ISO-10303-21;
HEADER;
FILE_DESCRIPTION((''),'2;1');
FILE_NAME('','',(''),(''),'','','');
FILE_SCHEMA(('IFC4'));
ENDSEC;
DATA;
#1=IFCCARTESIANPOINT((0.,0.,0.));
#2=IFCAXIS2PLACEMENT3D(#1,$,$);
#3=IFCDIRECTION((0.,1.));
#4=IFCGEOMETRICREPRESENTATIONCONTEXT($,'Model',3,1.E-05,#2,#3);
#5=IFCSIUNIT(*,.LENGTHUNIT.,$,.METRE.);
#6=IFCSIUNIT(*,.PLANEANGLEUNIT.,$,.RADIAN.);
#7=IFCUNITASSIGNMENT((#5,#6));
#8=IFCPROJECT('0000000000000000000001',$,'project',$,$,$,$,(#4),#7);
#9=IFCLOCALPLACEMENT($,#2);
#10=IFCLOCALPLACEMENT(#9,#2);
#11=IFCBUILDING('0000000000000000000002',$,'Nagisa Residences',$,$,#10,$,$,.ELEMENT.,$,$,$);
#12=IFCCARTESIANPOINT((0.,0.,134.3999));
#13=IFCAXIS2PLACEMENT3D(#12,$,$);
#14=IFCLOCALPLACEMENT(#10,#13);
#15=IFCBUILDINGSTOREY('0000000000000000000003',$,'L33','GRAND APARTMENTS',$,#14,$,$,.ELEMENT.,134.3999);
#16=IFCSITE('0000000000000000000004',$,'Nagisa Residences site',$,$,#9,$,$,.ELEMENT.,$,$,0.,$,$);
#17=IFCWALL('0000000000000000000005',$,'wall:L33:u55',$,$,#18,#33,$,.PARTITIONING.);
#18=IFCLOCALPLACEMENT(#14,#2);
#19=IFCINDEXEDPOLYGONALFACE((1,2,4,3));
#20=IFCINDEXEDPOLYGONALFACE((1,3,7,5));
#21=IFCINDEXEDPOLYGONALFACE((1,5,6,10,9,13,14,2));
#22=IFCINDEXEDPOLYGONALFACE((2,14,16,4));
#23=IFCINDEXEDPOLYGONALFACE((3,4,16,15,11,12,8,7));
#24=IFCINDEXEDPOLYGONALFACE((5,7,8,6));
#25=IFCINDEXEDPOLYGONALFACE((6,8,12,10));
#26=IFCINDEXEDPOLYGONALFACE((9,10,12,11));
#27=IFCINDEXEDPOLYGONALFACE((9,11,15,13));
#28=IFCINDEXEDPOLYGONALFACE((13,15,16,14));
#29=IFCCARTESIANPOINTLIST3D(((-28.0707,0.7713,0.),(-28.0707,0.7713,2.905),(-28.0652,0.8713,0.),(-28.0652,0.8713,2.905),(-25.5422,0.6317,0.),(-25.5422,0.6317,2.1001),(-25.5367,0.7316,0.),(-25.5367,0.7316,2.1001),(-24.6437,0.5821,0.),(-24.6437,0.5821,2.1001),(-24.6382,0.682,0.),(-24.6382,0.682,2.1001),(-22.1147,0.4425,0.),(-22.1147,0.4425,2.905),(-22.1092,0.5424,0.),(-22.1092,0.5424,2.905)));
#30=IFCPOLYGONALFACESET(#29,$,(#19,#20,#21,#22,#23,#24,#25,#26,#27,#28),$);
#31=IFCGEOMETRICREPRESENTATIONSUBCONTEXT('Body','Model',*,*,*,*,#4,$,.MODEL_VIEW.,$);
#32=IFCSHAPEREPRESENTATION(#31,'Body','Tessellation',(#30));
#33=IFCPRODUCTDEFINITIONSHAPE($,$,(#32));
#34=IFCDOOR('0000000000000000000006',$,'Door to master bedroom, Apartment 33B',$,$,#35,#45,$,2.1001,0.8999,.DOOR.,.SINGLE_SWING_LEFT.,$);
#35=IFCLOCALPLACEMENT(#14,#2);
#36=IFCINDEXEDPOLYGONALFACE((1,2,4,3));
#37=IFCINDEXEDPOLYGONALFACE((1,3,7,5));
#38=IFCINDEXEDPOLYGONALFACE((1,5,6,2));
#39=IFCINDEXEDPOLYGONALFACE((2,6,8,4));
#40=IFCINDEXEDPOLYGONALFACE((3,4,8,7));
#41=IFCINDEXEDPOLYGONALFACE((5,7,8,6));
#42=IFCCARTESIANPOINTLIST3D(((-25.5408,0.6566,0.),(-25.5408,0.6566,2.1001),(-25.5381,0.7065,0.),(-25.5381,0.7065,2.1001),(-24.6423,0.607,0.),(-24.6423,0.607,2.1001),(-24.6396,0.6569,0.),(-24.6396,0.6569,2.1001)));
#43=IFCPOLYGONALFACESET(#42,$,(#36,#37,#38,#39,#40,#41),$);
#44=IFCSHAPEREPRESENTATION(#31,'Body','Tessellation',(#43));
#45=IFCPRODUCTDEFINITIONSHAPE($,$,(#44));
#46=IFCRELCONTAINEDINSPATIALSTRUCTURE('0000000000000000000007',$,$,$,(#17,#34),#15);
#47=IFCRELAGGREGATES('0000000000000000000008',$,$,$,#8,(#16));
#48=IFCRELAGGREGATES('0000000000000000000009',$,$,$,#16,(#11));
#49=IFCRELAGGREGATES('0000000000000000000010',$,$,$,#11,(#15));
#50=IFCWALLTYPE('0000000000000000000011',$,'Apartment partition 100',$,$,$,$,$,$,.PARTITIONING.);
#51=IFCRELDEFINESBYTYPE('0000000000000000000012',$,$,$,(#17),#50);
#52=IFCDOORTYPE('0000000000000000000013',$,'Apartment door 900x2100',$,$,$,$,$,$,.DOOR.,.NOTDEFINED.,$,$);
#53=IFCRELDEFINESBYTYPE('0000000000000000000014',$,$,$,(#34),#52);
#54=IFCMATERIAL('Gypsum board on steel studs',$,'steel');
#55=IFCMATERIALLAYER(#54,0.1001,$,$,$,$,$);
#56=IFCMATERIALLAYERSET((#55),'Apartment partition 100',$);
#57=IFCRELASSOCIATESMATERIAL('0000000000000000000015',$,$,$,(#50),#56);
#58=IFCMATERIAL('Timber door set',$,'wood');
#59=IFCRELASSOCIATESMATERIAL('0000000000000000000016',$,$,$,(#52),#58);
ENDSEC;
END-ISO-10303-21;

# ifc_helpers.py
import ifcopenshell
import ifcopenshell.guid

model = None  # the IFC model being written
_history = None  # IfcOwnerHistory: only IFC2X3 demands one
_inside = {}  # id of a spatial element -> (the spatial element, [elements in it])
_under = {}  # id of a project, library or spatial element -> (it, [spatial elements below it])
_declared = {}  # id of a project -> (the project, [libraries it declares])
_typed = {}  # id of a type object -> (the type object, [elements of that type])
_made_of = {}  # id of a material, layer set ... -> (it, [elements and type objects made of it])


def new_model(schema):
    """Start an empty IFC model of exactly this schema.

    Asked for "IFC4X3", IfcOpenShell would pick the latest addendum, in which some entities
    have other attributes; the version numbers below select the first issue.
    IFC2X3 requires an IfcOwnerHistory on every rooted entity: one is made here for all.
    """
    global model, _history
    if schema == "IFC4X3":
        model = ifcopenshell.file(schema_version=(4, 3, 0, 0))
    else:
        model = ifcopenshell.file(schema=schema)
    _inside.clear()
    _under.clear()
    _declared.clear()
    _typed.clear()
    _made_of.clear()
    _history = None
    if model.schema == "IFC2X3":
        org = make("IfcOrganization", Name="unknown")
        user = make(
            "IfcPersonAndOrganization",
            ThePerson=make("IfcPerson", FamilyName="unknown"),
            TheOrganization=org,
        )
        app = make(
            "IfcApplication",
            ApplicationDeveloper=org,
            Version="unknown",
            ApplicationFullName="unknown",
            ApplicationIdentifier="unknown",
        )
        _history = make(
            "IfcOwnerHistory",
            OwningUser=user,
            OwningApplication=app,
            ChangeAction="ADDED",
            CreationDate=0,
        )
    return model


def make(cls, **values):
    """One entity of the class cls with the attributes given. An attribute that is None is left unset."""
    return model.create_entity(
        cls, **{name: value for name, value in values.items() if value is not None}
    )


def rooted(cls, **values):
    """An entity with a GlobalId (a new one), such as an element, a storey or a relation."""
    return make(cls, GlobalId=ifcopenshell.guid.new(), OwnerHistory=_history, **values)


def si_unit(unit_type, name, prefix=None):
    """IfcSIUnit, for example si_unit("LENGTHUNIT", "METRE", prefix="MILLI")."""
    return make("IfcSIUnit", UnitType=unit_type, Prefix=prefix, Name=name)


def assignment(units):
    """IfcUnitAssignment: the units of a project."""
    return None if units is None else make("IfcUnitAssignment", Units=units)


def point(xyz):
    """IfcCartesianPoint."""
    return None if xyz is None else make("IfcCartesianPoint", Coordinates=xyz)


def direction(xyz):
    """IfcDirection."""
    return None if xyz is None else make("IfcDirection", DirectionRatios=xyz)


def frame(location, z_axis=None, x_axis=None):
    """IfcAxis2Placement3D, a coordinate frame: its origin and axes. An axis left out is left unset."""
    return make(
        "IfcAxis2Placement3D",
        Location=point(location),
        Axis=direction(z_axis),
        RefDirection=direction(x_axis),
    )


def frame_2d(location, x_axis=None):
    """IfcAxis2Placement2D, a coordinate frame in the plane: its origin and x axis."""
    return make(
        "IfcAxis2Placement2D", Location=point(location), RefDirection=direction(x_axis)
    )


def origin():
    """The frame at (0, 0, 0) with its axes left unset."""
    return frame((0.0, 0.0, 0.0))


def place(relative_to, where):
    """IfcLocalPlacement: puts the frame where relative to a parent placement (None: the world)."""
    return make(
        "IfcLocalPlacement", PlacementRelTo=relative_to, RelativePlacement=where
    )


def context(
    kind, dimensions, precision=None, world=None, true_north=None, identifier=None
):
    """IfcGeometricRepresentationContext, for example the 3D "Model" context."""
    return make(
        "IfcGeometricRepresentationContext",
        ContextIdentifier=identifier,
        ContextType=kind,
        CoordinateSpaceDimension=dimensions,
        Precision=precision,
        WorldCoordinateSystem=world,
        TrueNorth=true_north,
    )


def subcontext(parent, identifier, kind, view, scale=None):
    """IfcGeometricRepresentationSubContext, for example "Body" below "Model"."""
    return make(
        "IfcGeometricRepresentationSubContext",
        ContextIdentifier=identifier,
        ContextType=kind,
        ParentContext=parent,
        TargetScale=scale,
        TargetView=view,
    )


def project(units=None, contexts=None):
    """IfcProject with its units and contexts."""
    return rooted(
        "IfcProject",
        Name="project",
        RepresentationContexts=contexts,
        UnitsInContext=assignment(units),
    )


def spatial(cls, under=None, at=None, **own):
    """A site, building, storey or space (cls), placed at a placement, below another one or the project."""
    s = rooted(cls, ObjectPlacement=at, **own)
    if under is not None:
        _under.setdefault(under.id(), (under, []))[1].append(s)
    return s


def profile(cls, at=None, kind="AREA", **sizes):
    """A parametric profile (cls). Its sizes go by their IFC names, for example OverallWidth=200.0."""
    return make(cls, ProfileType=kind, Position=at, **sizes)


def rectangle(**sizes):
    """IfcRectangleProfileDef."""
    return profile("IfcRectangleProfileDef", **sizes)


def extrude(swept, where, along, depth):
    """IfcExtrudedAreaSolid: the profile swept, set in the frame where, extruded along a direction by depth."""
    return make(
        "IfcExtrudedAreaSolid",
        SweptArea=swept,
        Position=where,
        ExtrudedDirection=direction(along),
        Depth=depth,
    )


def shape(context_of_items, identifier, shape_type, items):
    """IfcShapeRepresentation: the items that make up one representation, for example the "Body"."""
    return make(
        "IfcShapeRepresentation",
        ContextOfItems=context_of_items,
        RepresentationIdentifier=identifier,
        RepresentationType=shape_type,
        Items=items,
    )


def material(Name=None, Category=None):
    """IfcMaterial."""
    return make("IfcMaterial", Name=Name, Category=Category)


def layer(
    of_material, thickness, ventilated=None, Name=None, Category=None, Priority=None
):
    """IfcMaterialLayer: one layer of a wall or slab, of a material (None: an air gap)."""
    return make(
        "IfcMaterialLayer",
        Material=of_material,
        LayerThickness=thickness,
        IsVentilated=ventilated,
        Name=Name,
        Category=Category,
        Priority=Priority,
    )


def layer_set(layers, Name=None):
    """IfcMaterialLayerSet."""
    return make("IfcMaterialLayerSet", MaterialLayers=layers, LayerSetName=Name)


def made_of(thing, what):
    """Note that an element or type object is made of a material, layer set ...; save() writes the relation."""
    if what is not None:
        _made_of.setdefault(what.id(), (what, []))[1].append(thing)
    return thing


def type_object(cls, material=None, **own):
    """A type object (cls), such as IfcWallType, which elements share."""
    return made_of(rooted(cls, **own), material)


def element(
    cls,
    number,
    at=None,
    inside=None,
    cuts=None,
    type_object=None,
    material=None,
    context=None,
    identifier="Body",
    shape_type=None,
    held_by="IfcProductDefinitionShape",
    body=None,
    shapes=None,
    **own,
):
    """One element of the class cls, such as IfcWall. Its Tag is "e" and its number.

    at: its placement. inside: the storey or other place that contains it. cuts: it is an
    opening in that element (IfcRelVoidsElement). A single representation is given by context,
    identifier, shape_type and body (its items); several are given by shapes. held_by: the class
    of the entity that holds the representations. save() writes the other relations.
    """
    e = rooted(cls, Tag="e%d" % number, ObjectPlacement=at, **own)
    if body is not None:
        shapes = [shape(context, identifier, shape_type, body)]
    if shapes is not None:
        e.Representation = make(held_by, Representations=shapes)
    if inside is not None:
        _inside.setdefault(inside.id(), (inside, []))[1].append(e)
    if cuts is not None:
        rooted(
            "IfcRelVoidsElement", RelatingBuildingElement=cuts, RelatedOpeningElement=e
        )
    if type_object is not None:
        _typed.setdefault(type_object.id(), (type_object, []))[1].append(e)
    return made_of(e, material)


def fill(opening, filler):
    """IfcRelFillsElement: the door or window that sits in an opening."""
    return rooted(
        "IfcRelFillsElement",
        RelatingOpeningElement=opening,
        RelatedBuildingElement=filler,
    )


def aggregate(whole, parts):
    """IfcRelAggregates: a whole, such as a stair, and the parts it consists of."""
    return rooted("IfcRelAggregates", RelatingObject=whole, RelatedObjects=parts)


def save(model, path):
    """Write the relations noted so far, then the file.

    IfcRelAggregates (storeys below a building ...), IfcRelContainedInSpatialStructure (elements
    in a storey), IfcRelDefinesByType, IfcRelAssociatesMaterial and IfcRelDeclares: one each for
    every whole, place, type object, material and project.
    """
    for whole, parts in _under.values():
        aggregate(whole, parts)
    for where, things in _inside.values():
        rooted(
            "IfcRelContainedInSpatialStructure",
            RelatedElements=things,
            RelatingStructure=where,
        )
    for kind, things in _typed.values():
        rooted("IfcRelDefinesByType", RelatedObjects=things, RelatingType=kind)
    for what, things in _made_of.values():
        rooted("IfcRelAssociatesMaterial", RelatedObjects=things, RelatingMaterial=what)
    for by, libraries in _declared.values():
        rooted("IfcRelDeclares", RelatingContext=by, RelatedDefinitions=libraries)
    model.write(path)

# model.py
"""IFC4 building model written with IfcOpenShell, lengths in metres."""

from ifc_helpers import new_model, si_unit, direction, frame, frame_2d, origin, place, context, subcontext, project, spatial, rectangle, extrude, material, layer, layer_set, type_object, element, fill, save


model = new_model("IFC4")

# Units and contexts
model_context = context("Model", 3, precision=1e-05, world=origin(), true_north=direction((0.0, 1.0)))
body_context = subcontext(model_context, "Body", "Model", "MODEL_VIEW")
ifc_project = project(units=[si_unit("LENGTHUNIT", "METRE"), si_unit("PLANEANGLEUNIT", "RADIAN")], contexts=[model_context])

# Site, building, storey
site_placement = place(None, origin())
site = spatial("IfcSite", under=ifc_project, at=site_placement, Name="Nagisa Residences site", CompositionType="ELEMENT", RefElevation=0.0)
building_placement = place(site_placement, origin())
building = spatial("IfcBuilding", under=site, at=building_placement, Name="Nagisa Residences", CompositionType="ELEMENT")
storey_placement = place(building_placement, frame((0.0, 0.0, 134.3999)))
storey = spatial("IfcBuildingStorey", under=building, at=storey_placement, Name="L33", Description="GRAND APARTMENTS", CompositionType="ELEMENT", Elevation=134.3999)

# Shared definitions
ifc_material_1 = material(Name="Gypsum board on steel studs", Category="steel")
ifc_layer_1 = layer(ifc_material_1, 0.1001)
ifc_layer_set_1 = layer_set([ifc_layer_1], Name="Apartment partition 100")
wall_type_1 = type_object("IfcWallType", Name="Apartment partition 100", PredefinedType="PARTITIONING", material=ifc_layer_set_1)

# Shared definitions
ifc_material_2 = material(Name="Timber door set", Category="wood")
door_type_1 = type_object("IfcDoorType", Name="Apartment door 900x2100", OperationType="NOTDEFINED", PredefinedType="DOOR", material=ifc_material_2)

# Wall, opening, door
wall_1_placement = place(storey_placement, frame((-22.1121, 0.4924, 0.0), z_axis=(0.0, 0.0, 1.0), x_axis=(-0.998479, 0.05513, 0.0)))
wall_1 = element("IfcWall", 1, at=wall_1_placement, inside=storey, type_object=wall_type_1, Name="wall:L33:u55", PredefinedType="PARTITIONING", context=body_context, shape_type="SweptSolid", body=[
    extrude(rectangle(XDim=5.9651, YDim=0.1001, at=frame_2d((2.9824, 0.0))), origin(), (0.0, 0.0, 1.0), 2.905),
])
opening_1_placement = place(wall_1_placement, frame((2.5327, 0.0, 0.0)))
opening_1 = element("IfcOpeningElement", 2, at=opening_1_placement, cuts=wall_1, PredefinedType="OPENING", context=body_context, shape_type="SweptSolid", body=[
    extrude(rectangle(XDim=0.8999, YDim=2.1001, at=frame_2d((0.45, 1.05))), frame((0.0, 0.0601, 0.0), z_axis=(0.0, -1.0, 0.0), x_axis=(1.0, 0.0, 0.0)), (0.0, 0.0, 1.0), 0.1201),
])
door_1_placement = place(opening_1_placement, frame((0.8999, 0.0, 0.0), x_axis=(-1.0, 0.0, 0.0)))
door_1 = element("IfcDoor", 3, at=door_1_placement, inside=storey, type_object=door_type_1, Name="Door to master bedroom, Apartment 33B", OperationType="SINGLE_SWING_LEFT", OverallHeight=2.1001, OverallWidth=0.8999, PredefinedType="DOOR", context=body_context, shape_type="SweptSolid", body=[
    extrude(rectangle(XDim=0.8999, YDim=2.1001, at=frame_2d((0.45, 1.05))), frame((0.0, 0.0249, 0.0), z_axis=(0.0, -1.0, 0.0), x_axis=(1.0, 0.0, 0.0)), (0.0, 0.0, 1.0), 0.05),
])
fill(opening_1, door_1)

save(model, "model.ifc")
